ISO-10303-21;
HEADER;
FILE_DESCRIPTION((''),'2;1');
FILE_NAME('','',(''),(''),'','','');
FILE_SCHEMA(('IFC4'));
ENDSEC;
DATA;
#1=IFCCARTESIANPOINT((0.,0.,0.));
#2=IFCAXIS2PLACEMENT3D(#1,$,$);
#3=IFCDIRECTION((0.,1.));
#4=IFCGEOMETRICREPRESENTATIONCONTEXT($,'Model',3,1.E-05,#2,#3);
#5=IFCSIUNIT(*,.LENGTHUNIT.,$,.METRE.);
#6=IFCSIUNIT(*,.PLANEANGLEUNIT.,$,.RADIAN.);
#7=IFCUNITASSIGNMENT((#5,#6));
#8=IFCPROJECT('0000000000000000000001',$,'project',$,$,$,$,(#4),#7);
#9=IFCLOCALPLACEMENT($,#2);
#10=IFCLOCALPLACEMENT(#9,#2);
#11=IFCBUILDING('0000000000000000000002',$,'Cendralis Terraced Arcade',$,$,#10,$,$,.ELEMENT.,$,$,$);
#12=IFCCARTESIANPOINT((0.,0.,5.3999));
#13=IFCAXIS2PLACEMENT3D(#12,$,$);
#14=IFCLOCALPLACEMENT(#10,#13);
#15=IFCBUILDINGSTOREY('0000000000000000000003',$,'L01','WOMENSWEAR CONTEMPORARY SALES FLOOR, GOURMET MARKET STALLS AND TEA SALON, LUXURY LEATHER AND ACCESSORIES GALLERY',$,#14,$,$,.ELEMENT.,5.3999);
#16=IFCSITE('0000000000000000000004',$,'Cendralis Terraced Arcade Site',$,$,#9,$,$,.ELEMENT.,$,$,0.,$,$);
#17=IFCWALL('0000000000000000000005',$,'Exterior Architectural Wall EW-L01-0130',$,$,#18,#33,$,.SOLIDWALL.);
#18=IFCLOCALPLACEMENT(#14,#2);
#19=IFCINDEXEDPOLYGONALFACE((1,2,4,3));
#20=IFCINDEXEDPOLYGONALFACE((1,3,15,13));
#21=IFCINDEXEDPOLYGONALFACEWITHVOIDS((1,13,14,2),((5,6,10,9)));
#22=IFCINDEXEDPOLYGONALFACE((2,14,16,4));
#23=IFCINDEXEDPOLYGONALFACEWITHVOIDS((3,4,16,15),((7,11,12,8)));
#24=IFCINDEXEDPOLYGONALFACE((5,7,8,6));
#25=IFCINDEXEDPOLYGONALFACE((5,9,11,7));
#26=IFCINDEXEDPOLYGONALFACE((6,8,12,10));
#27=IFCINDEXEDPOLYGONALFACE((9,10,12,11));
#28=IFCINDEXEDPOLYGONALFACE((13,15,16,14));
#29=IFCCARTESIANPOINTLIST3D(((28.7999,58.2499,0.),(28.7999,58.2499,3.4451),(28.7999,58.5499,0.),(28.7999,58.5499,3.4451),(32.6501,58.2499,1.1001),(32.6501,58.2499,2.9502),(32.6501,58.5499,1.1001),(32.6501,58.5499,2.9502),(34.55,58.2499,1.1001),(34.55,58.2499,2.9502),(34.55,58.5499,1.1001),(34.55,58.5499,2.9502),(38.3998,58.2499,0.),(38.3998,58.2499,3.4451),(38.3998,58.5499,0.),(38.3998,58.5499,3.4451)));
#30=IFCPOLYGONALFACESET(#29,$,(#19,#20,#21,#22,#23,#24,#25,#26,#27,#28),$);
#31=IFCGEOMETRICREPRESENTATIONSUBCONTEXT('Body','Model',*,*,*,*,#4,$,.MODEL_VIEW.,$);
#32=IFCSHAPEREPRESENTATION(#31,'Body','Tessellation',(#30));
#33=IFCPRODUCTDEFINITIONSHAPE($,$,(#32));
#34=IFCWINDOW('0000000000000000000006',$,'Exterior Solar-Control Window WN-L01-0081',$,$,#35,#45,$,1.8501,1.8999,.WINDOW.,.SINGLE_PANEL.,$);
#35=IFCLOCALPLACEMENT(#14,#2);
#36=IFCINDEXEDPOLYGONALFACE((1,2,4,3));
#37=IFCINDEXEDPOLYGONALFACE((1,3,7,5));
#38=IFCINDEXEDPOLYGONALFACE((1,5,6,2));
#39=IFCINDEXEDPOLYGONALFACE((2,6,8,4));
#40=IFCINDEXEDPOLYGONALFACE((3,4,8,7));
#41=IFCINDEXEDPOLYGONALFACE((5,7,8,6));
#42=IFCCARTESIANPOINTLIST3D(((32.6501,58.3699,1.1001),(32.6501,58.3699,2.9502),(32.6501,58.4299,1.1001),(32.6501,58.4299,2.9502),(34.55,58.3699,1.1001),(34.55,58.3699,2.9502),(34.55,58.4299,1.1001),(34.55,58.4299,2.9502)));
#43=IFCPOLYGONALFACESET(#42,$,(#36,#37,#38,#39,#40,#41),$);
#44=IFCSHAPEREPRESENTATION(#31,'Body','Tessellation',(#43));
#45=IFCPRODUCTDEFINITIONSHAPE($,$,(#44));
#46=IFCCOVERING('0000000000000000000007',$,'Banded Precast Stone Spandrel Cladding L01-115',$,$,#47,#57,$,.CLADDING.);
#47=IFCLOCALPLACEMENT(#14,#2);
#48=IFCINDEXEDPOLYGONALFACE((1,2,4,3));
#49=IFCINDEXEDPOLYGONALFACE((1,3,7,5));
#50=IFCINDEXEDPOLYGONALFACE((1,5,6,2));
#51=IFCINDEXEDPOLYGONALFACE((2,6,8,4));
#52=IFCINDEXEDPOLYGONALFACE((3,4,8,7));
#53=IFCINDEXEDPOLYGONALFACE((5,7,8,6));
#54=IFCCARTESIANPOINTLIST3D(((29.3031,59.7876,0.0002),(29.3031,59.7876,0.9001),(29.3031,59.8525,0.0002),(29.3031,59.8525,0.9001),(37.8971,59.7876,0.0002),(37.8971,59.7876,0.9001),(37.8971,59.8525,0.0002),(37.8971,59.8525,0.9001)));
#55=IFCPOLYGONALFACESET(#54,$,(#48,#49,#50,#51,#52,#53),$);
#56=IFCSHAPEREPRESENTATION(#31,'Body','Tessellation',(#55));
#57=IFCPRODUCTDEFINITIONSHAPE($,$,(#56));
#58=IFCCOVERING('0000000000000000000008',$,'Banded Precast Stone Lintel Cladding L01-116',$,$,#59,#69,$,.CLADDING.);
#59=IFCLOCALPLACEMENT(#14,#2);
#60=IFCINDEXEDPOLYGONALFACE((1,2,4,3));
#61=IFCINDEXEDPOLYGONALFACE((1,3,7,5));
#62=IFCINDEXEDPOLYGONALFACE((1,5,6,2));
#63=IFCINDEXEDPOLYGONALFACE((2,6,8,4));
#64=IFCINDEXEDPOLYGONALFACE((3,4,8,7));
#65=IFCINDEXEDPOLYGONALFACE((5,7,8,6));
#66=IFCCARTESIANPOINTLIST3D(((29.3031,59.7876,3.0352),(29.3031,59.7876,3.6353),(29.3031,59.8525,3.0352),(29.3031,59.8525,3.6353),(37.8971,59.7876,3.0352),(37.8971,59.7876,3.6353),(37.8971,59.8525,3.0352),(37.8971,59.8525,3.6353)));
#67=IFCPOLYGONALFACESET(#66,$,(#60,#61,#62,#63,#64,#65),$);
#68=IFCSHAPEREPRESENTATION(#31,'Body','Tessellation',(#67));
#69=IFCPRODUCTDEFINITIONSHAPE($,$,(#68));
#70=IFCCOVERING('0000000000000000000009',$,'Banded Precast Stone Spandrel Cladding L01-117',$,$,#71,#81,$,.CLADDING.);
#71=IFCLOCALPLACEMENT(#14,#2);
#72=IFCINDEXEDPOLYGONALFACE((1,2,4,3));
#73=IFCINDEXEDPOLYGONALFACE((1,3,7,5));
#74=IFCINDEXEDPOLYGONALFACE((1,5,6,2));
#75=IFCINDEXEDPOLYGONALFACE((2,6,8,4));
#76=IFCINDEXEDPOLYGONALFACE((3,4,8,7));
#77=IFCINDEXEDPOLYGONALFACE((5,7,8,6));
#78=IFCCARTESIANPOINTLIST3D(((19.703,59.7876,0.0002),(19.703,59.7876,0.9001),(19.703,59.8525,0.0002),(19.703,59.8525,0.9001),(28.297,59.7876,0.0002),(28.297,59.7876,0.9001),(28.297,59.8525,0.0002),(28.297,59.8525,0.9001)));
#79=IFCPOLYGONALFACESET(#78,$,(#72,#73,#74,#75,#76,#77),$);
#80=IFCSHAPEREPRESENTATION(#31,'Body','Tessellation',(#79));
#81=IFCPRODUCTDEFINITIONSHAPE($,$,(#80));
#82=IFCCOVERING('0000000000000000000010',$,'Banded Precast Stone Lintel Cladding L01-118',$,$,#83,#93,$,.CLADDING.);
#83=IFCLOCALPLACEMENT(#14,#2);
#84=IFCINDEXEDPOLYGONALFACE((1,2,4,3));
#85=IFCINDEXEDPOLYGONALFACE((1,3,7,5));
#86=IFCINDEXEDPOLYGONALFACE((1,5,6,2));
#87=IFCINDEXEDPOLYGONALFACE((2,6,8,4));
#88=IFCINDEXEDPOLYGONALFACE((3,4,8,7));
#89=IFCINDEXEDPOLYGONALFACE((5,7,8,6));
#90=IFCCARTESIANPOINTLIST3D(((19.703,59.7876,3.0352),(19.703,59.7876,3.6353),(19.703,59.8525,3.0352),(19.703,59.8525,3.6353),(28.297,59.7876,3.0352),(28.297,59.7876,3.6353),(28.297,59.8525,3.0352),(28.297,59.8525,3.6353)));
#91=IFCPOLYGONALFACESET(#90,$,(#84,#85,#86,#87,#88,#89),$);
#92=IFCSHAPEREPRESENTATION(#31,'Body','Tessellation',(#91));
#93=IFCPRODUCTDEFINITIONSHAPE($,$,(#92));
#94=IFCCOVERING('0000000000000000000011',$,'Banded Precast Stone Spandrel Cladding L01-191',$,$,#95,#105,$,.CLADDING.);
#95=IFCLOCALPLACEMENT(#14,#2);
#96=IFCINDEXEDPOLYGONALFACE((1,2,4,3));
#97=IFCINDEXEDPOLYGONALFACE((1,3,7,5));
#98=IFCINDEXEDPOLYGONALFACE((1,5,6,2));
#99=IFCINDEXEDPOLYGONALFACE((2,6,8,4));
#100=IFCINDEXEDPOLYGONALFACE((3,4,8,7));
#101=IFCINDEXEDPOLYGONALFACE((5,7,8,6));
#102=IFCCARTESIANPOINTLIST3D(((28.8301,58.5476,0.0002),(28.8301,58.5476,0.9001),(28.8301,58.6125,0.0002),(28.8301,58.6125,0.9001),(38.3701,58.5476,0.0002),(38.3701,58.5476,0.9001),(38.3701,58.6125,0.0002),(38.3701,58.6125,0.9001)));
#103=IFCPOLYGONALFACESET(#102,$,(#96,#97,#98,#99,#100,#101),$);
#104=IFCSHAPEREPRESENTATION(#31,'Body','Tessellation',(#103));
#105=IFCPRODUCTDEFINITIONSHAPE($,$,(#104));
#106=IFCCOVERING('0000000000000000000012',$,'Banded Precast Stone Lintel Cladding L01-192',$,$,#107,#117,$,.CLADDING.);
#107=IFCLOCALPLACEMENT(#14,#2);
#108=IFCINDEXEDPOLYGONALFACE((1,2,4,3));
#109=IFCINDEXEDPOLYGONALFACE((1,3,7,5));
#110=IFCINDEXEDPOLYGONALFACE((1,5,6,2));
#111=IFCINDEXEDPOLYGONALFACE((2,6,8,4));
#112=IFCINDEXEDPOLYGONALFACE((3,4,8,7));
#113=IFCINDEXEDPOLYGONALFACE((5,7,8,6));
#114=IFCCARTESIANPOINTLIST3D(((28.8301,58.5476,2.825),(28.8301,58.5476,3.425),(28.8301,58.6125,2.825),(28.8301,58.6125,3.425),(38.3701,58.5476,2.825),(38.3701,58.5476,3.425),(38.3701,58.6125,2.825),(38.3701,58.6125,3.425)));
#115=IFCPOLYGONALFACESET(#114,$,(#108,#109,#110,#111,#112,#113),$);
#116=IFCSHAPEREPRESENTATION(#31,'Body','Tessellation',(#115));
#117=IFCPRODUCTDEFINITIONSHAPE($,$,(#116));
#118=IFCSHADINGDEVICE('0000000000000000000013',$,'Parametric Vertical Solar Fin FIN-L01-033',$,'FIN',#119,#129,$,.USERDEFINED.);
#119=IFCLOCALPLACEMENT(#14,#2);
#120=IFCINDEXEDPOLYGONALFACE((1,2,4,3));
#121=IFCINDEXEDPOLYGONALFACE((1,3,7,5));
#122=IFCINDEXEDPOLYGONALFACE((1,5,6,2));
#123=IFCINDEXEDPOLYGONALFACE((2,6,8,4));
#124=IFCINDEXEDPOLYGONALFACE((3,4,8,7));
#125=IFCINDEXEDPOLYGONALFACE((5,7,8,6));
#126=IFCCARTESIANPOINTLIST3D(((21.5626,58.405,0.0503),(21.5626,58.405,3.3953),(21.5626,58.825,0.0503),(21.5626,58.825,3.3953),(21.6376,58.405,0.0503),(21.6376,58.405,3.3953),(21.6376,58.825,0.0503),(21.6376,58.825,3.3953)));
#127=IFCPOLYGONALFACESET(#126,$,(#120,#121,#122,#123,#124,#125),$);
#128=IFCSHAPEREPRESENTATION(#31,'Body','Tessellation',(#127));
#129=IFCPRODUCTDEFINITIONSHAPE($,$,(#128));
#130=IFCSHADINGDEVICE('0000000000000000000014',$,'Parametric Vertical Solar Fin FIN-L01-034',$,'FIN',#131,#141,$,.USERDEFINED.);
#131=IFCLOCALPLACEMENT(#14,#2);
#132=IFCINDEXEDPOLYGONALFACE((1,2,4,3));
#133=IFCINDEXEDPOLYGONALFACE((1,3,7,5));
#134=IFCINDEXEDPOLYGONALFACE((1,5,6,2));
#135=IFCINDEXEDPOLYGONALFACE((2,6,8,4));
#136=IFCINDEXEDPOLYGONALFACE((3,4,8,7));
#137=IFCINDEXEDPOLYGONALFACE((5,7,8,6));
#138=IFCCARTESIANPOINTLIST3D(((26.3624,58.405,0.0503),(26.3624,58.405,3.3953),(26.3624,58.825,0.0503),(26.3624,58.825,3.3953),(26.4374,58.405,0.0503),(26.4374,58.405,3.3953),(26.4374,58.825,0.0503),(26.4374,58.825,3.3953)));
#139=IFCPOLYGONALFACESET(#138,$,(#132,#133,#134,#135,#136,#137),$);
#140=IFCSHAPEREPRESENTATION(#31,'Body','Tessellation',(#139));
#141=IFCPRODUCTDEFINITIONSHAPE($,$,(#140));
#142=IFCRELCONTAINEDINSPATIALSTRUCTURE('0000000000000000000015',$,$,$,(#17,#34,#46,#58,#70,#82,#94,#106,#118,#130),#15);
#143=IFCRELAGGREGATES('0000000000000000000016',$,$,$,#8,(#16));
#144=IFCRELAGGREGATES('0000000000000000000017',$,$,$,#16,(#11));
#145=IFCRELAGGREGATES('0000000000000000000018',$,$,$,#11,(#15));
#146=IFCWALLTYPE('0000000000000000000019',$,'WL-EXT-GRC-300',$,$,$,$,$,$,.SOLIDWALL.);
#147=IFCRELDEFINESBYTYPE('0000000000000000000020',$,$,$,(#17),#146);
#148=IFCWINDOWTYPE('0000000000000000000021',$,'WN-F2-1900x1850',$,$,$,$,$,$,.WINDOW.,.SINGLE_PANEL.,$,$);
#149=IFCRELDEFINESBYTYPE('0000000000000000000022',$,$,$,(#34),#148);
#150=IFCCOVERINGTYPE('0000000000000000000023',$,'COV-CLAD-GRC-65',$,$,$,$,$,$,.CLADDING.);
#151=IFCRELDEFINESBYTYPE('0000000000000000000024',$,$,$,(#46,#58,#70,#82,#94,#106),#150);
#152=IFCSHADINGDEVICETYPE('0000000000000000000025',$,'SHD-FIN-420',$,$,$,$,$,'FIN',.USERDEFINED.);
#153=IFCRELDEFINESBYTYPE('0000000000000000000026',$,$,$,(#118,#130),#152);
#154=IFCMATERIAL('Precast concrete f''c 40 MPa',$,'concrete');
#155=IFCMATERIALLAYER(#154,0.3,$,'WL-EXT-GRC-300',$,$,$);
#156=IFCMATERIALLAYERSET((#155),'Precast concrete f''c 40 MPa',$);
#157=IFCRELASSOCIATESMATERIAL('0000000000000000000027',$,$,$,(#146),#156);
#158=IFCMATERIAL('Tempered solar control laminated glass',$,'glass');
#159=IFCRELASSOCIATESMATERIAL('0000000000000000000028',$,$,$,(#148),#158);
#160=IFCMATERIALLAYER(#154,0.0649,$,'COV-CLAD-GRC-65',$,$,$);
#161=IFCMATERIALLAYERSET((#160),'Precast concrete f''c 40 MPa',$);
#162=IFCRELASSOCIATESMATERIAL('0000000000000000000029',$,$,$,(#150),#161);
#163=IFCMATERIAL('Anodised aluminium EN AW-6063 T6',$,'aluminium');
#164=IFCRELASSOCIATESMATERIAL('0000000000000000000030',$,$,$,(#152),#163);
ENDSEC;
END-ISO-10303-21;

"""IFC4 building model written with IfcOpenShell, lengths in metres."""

from ifc_helpers import new_model, si_unit, direction, frame, frame_2d, origin, origin_2d, place, context, subcontext, project, spatial, rectangle, extrude, material, layer, layer_set, type_object, element, fill, save


model = new_model("IFC4")

# Units and contexts
model_context = context("Model", 3, precision=1e-05, world=origin(), true_north=direction((0.0, 1.0)))
body_context = subcontext(model_context, "Body", "Model", "MODEL_VIEW")
ifc_project = project(units=[si_unit("LENGTHUNIT", "METRE"), si_unit("PLANEANGLEUNIT", "RADIAN")], contexts=[model_context])

# Site, building, storey
site_placement = place(None, origin())
site = spatial("IfcSite", under=ifc_project, at=site_placement, Name="Cendralis Terraced Arcade Site", CompositionType="ELEMENT", RefElevation=0.0)
building_placement = place(site_placement, origin())
building = spatial("IfcBuilding", under=site, at=building_placement, Name="Cendralis Terraced Arcade", CompositionType="ELEMENT")
storey_placement = place(building_placement, frame((0.0, 0.0, 5.3999)))
storey = spatial("IfcBuildingStorey", under=building, at=storey_placement, Name="L01", Description="WOMENSWEAR CONTEMPORARY SALES FLOOR, GOURMET MARKET STALLS AND TEA SALON, LUXURY LEATHER AND ACCESSORIES GALLERY", CompositionType="ELEMENT", Elevation=5.3999)

# Shared definitions
ifc_material_1 = material(Name="Anodised aluminium EN AW-6063 T6", Category="aluminium")
ifc_material_2 = material(Name="Tempered solar control laminated glass", Category="glass")

# Wall, opening, window
ifc_material_3 = material(Name="Precast concrete f'c 40 MPa", Category="concrete")
ifc_layer_1 = layer(ifc_material_3, 0.3, Name="WL-EXT-GRC-300")
ifc_layer_set_1 = layer_set([ifc_layer_1], Name="Precast concrete f'c 40 MPa")
wall_type_1 = type_object("IfcWallType", Name="WL-EXT-GRC-300", PredefinedType="SOLIDWALL", material=ifc_layer_set_1)
wall_1_placement = place(storey_placement, frame((28.8, 58.3999, 0.0), z_axis=(0.0, 0.0, 1.0), x_axis=(1.0, 0.0, 0.0)))
wall_1 = element("IfcWall", 1, at=wall_1_placement, inside=storey, type_object=wall_type_1, Name="Exterior Architectural Wall EW-L01-0130", PredefinedType="SOLIDWALL", context=body_context, shape_type="SweptSolid", body=[
    extrude(rectangle(XDim=9.5999, YDim=0.3, at=frame_2d((4.7998, 0.0))), origin(), (0.0, 0.0, 1.0), 3.4451),
])
opening_1_placement = place(wall_1_placement, frame((3.8501, 0.0, 1.1001)))
opening_1 = element("IfcOpeningElement", 2, at=opening_1_placement, cuts=wall_1, PredefinedType="OPENING", context=body_context, shape_type="SweptSolid", body=[
    extrude(rectangle(XDim=1.8999, YDim=1.8501, at=frame_2d((0.95, 0.925))), frame((0.0, 0.1621, 0.0), z_axis=(0.0, -1.0, 0.0), x_axis=(1.0, 0.0, 0.0)), (0.0, 0.0, 1.0), 0.324),
])
window_type_1 = type_object("IfcWindowType", Name="WN-F2-1900x1850", PartitioningType="SINGLE_PANEL", PredefinedType="WINDOW", material=ifc_material_2)
window_1_placement = place(opening_1_placement, origin())
window_1 = element("IfcWindow", 3, at=window_1_placement, inside=storey, type_object=window_type_1, Name="Exterior Solar-Control Window WN-L01-0081", OverallHeight=1.8501, OverallWidth=1.8999, PartitioningType="SINGLE_PANEL", PredefinedType="WINDOW", context=body_context, shape_type="SweptSolid", body=[
    extrude(rectangle(XDim=1.8999, YDim=1.8501, at=frame_2d((0.95, 0.925))), frame((0.0, 0.03, 0.0), z_axis=(0.0, -1.0, 0.0), x_axis=(1.0, 0.0, 0.0)), (0.0, 0.0, 1.0), 0.0601),
])
fill(opening_1, window_1)

# Coverings
ifc_layer_2 = layer(ifc_material_3, 0.0649, Name="COV-CLAD-GRC-65")
ifc_layer_set_2 = layer_set([ifc_layer_2], Name="Precast concrete f'c 40 MPa")
covering_type = type_object("IfcCoveringType", Name="COV-CLAD-GRC-65", PredefinedType="CLADDING", material=ifc_layer_set_2)
covering_1_placement = place(storey_placement, frame((33.6001, 59.8201, 0.0002), z_axis=(0.0, 0.0, 1.0), x_axis=(-1.0, 0.0, 0.0)))
element("IfcCovering", 4, at=covering_1_placement, inside=storey, type_object=covering_type, Name="Banded Precast Stone Spandrel Cladding L01-115", PredefinedType="CLADDING", context=body_context, shape_type="SweptSolid", body=[
    extrude(rectangle(XDim=8.594, YDim=0.0649, at=origin_2d()), origin(), (0.0, 0.0, 1.0), 0.8999),
])
covering_2_placement = place(storey_placement, frame((33.6001, 59.8201, 3.0352), z_axis=(0.0, 0.0, 1.0), x_axis=(-1.0, 0.0, 0.0)))
element("IfcCovering", 5, at=covering_2_placement, inside=storey, type_object=covering_type, Name="Banded Precast Stone Lintel Cladding L01-116", PredefinedType="CLADDING", context=body_context, shape_type="SweptSolid", body=[
    extrude(rectangle(XDim=8.594, YDim=0.0649, at=origin_2d()), origin(), (0.0, 0.0, 1.0), 0.6001),
])
covering_3_placement = place(storey_placement, frame((24.0, 59.8201, 0.0002), z_axis=(0.0, 0.0, 1.0), x_axis=(-1.0, 0.0, 0.0)))
element("IfcCovering", 6, at=covering_3_placement, inside=storey, type_object=covering_type, Name="Banded Precast Stone Spandrel Cladding L01-117", PredefinedType="CLADDING", context=body_context, shape_type="SweptSolid", body=[
    extrude(rectangle(XDim=8.594, YDim=0.0649, at=origin_2d()), origin(), (0.0, 0.0, 1.0), 0.8999),
])
covering_4_placement = place(storey_placement, frame((24.0, 59.8201, 3.0352), z_axis=(0.0, 0.0, 1.0), x_axis=(-1.0, 0.0, 0.0)))
element("IfcCovering", 7, at=covering_4_placement, inside=storey, type_object=covering_type, Name="Banded Precast Stone Lintel Cladding L01-118", PredefinedType="CLADDING", context=body_context, shape_type="SweptSolid", body=[
    extrude(rectangle(XDim=8.594, YDim=0.0649, at=origin_2d()), origin(), (0.0, 0.0, 1.0), 0.6001),
])
covering_5_placement = place(storey_placement, frame((33.6001, 58.5801, 0.0002), z_axis=(0.0, 0.0, 1.0), x_axis=(1.0, 0.0, 0.0)))
element("IfcCovering", 8, at=covering_5_placement, inside=storey, type_object=covering_type, Name="Banded Precast Stone Spandrel Cladding L01-191", PredefinedType="CLADDING", context=body_context, shape_type="SweptSolid", body=[
    extrude(rectangle(XDim=9.54, YDim=0.0649, at=origin_2d()), origin(), (0.0, 0.0, 1.0), 0.8999),
])
covering_6_placement = place(storey_placement, frame((33.6001, 58.5801, 2.825), z_axis=(0.0, 0.0, 1.0), x_axis=(1.0, 0.0, 0.0)))
element("IfcCovering", 9, at=covering_6_placement, inside=storey, type_object=covering_type, Name="Banded Precast Stone Lintel Cladding L01-192", PredefinedType="CLADDING", context=body_context, shape_type="SweptSolid", body=[
    extrude(rectangle(XDim=9.54, YDim=0.0649, at=origin_2d()), origin(), (0.0, 0.0, 1.0), 0.6001),
])

# Shading devices
shading_device_type = type_object("IfcShadingDeviceType", Name="SHD-FIN-420", ElementType="FIN", PredefinedType="USERDEFINED", material=ifc_material_1)
for number, where, z_axis, x_axis, name in (
    (10, (21.6001, 58.615, 0.0503), (0.0, 0.0, 1.0), (1.0, 0.0, 0.0), "Parametric Vertical Solar Fin FIN-L01-033"),
    (11, (26.3999, 58.615, 0.0503), (0.0, 0.0, 1.0), (1.0, 0.0, 0.0), "Parametric Vertical Solar Fin FIN-L01-034"),
):
    element("IfcShadingDevice", number, at=place(storey_placement, frame(where, z_axis=z_axis, x_axis=x_axis)), inside=storey, type_object=shading_device_type, Name=name, ObjectType="FIN", PredefinedType="USERDEFINED", context=body_context, shape_type="SweptSolid", body=[
        extrude(rectangle(XDim=0.075, YDim=0.4199, at=origin_2d()), origin(), (0.0, 0.0, 1.0), 3.345),
    ])

save(model, "model.ifc")
